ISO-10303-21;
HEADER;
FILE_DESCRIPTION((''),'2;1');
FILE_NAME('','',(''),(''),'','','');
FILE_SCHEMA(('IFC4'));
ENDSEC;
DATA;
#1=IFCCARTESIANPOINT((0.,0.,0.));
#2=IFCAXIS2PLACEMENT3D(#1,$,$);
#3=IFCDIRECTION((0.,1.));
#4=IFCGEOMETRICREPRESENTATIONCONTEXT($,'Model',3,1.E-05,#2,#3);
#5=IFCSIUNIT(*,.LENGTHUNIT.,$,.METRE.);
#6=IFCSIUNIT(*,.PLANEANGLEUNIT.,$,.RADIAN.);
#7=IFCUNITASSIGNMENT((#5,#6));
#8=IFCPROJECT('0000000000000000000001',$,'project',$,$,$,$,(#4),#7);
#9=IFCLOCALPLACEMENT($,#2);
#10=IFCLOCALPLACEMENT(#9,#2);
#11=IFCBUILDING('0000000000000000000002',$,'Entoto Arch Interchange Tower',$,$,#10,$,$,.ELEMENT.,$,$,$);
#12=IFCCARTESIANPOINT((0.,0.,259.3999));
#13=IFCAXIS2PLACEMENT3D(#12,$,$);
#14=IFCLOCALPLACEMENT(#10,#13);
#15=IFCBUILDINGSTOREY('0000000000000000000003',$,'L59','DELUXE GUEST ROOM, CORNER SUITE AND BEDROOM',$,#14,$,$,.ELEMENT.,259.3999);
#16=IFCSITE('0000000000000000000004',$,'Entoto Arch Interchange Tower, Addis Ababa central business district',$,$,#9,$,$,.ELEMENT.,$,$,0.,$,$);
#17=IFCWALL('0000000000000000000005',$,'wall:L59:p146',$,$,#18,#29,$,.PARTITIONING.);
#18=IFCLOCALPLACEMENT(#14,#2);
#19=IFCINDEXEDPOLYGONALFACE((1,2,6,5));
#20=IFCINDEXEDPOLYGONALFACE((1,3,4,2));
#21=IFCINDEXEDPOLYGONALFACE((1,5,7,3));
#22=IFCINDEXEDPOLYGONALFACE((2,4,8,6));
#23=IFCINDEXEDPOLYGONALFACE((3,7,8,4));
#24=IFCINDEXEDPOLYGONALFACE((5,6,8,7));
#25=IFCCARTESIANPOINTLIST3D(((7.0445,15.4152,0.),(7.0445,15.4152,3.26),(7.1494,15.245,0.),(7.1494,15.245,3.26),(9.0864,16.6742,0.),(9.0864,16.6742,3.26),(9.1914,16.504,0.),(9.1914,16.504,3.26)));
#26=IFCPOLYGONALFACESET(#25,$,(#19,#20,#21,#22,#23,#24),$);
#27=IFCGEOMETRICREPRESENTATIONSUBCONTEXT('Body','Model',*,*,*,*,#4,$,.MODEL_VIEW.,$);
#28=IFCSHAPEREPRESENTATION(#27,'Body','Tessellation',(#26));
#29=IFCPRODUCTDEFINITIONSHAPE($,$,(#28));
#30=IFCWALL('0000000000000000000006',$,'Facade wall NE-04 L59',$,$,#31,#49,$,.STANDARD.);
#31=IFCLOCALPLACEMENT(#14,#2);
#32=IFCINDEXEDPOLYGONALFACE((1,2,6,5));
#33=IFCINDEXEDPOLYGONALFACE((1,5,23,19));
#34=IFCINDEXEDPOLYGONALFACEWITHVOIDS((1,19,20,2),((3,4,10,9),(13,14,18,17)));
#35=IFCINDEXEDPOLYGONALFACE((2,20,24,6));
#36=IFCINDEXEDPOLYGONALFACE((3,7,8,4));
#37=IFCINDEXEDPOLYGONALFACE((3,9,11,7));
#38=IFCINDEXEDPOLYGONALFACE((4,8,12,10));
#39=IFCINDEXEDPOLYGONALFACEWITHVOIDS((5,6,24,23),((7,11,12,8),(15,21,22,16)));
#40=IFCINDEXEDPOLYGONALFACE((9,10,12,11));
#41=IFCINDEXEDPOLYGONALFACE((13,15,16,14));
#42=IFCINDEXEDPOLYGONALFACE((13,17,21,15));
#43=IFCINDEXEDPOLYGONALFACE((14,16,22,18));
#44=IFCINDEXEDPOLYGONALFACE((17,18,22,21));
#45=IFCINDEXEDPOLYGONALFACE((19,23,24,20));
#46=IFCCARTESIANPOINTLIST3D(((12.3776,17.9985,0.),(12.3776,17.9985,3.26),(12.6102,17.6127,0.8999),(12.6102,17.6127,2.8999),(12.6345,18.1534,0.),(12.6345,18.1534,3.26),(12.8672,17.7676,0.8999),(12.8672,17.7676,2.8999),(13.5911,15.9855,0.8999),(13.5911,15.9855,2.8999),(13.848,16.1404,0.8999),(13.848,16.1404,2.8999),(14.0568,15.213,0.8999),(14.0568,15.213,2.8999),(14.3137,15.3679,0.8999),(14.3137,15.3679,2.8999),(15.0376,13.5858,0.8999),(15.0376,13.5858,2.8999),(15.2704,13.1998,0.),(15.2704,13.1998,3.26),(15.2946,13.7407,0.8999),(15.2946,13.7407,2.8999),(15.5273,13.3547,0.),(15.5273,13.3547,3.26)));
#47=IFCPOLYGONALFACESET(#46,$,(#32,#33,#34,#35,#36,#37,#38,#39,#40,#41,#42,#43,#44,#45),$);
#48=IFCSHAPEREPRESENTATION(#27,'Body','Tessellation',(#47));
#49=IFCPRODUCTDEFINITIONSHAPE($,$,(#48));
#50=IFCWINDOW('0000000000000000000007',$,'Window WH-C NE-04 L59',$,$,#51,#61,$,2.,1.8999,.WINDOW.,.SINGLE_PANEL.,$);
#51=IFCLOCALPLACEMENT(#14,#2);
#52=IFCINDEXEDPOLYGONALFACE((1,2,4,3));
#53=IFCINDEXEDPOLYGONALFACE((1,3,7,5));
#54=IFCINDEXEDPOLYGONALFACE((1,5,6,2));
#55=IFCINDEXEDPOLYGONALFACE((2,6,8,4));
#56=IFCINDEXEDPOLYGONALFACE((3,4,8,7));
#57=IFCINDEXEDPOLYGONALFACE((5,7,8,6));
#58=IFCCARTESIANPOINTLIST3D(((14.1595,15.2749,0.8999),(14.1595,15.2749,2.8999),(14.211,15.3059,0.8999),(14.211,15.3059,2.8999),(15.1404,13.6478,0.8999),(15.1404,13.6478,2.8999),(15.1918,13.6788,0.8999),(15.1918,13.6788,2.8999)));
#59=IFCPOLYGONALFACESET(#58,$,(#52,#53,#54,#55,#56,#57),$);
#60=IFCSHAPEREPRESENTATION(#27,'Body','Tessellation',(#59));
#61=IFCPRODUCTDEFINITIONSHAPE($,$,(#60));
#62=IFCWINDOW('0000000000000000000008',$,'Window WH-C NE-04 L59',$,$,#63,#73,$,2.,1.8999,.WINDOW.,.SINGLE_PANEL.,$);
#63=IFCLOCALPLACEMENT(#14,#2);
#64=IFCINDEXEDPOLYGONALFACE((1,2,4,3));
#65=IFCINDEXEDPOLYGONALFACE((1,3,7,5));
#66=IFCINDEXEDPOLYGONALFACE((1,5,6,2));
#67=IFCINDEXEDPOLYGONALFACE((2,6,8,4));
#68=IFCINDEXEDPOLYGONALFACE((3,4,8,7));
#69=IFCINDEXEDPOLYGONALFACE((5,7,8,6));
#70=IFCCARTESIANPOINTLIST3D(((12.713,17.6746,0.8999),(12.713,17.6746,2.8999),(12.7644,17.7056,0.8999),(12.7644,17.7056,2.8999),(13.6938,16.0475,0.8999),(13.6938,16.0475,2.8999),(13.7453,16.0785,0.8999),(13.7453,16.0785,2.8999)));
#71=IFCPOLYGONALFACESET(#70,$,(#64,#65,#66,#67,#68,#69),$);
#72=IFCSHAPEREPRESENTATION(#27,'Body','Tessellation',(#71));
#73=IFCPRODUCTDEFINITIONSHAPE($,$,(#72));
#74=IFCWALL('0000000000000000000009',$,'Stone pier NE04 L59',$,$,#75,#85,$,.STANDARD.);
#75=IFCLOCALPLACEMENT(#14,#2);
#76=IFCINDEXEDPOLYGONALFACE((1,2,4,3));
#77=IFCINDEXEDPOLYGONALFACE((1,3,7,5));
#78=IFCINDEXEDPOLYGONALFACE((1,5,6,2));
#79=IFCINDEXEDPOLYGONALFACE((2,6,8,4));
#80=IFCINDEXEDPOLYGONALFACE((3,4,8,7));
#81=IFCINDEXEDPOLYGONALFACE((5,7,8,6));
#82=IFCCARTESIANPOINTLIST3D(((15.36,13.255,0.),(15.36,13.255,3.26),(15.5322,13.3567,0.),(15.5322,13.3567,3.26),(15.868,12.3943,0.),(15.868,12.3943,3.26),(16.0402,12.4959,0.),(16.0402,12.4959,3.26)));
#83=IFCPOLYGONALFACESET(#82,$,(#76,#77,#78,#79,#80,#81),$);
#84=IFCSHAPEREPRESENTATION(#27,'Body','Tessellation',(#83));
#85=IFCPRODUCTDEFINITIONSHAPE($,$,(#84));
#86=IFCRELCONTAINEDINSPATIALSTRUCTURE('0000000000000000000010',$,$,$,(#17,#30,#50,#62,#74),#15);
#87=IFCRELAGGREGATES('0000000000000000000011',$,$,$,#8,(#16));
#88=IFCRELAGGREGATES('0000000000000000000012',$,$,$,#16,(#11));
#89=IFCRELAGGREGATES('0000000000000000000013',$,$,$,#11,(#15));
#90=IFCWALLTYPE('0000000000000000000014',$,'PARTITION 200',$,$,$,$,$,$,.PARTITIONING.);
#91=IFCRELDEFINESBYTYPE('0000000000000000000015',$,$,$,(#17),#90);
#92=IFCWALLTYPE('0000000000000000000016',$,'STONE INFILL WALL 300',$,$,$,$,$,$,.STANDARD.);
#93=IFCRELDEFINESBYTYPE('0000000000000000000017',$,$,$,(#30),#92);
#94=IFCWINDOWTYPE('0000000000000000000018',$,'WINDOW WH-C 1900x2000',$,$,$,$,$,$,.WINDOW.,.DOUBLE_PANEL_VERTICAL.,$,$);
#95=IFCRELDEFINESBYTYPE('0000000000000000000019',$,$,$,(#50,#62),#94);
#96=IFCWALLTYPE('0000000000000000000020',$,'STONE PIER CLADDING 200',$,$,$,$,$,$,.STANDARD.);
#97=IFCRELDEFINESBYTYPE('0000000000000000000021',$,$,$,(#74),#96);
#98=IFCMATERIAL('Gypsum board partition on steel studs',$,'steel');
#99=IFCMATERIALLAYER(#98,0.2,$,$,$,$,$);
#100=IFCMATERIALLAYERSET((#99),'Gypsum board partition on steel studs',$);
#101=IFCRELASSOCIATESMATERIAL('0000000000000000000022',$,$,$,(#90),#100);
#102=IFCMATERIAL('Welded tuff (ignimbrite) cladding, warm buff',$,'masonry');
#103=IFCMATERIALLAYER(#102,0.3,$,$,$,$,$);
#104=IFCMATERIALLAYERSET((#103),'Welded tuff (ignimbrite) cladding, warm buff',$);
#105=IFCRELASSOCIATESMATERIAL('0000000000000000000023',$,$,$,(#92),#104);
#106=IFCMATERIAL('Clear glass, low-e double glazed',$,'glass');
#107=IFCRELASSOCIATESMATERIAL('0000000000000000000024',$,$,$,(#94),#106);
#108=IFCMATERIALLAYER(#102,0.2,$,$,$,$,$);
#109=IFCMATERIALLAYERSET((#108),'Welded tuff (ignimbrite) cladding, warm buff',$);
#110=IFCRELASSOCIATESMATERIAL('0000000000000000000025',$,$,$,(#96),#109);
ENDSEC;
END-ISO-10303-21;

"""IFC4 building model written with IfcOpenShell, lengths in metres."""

from ifc_helpers import new_model, si_unit, direction, frame, frame_2d, origin, place, context, subcontext, project, spatial, rectangle, extrude, material, layer, layer_set, type_object, element, fill, save


model = new_model("IFC4")

# Units and contexts
model_context = context("Model", 3, precision=1e-05, world=origin(), true_north=direction((0.0, 1.0)))
body_context = subcontext(model_context, "Body", "Model", "MODEL_VIEW")
ifc_project = project(units=[si_unit("LENGTHUNIT", "METRE"), si_unit("PLANEANGLEUNIT", "RADIAN")], contexts=[model_context])

# Site, building, storey
site_placement = place(None, origin())
site = spatial("IfcSite", under=ifc_project, at=site_placement, Name="Entoto Arch Interchange Tower, Addis Ababa central business district", CompositionType="ELEMENT", RefElevation=0.0)
building_placement = place(site_placement, origin())
building = spatial("IfcBuilding", under=site, at=building_placement, Name="Entoto Arch Interchange Tower", CompositionType="ELEMENT")
storey_placement = place(building_placement, frame((0.0, 0.0, 259.3999)))
storey = spatial("IfcBuildingStorey", under=building, at=storey_placement, Name="L59", Description="DELUXE GUEST ROOM, CORNER SUITE AND BEDROOM", CompositionType="ELEMENT", Elevation=259.3999)

# Shared definitions
ifc_material_1 = material(Name="Gypsum board partition on steel studs", Category="steel")

# Shared definitions
ifc_layer_1 = layer(ifc_material_1, 0.2)
ifc_layer_set_1 = layer_set([ifc_layer_1], Name="Gypsum board partition on steel studs")
wall_type_1 = type_object("IfcWallType", Name="PARTITION 200", PredefinedType="PARTITIONING", material=ifc_layer_set_1)

# Wall
wall_1_placement = place(storey_placement, frame((7.0969, 15.3301, 0.0), z_axis=(0.0, 0.0, 1.0), x_axis=(0.851207, 0.52483, 0.0)))
element("IfcWall", 1, at=wall_1_placement, inside=storey, type_object=wall_type_1, Name="wall:L59:p146", PredefinedType="PARTITIONING", context=body_context, shape_type="SweptSolid", body=[
    extrude(rectangle(XDim=2.3989, YDim=0.2, at=frame_2d((1.1995, 0.0))), origin(), (0.0, 0.0, 1.0), 3.26),
])

# Wall, openings, windows
ifc_material_2 = material(Name="Welded tuff (ignimbrite) cladding, warm buff", Category="masonry")
ifc_layer_2 = layer(ifc_material_2, 0.3)
ifc_layer_set_2 = layer_set([ifc_layer_2], Name="Welded tuff (ignimbrite) cladding, warm buff")
wall_type_2 = type_object("IfcWallType", Name="STONE INFILL WALL 300", PredefinedType="STANDARD", material=ifc_layer_set_2)
wall_2_placement = place(storey_placement, frame((15.3989, 13.2771, 0.0), z_axis=(0.0, 0.0, 1.0), x_axis=(-0.51627, 0.856426, 0.0)))
wall_2 = element("IfcWall", 2, at=wall_2_placement, inside=storey, type_object=wall_type_2, Name="Facade wall NE-04 L59", PredefinedType="STANDARD", context=body_context, shape_type="SweptSolid", body=[
    extrude(rectangle(XDim=5.6033, YDim=0.3, at=frame_2d((2.8018, 0.0))), origin(), (0.0, 0.0, 1.0), 3.26),
])
opening_1_placement = place(wall_2_placement, frame((0.4509, 0.0, 0.8999)))
opening_1 = element("IfcOpeningElement", 3, at=opening_1_placement, cuts=wall_2, PredefinedType="OPENING", context=body_context, shape_type="SweptSolid", body=[
    extrude(rectangle(XDim=1.8999, YDim=2.0, at=frame_2d((0.95, 1.0))), frame((0.0, 0.1602, 0.0), z_axis=(0.0, -1.0, 0.0), x_axis=(1.0, 0.0, 0.0)), (0.0, 0.0, 1.0), 0.3201),
])
opening_2_placement = place(wall_2_placement, frame((3.2529, 0.0, 0.8999)))
opening_2 = element("IfcOpeningElement", 4, at=opening_2_placement, cuts=wall_2, PredefinedType="OPENING", context=body_context, shape_type="SweptSolid", body=[
    extrude(rectangle(XDim=1.8999, YDim=2.0, at=frame_2d((0.95, 1.0))), frame((0.0, 0.1602, 0.0), z_axis=(0.0, -1.0, 0.0), x_axis=(1.0, 0.0, 0.0)), (0.0, 0.0, 1.0), 0.3201),
])
ifc_material_3 = material(Name="Clear glass, low-e double glazed", Category="glass")
window_type = type_object("IfcWindowType", Name="WINDOW WH-C 1900x2000", PartitioningType="DOUBLE_PANEL_VERTICAL", PredefinedType="WINDOW", material=ifc_material_3)
window_1_placement = place(opening_1_placement, origin())
window_1 = element("IfcWindow", 5, at=window_1_placement, inside=storey, type_object=window_type, Name="Window WH-C NE-04 L59", OverallHeight=2.0, OverallWidth=1.8999, PartitioningType="SINGLE_PANEL", PredefinedType="WINDOW", context=body_context, shape_type="SweptSolid", body=[
    extrude(rectangle(XDim=1.8999, YDim=2.0, at=frame_2d((0.95, 1.0))), frame((0.0, 0.03, 0.0), z_axis=(0.0, -1.0, 0.0), x_axis=(1.0, 0.0, 0.0)), (0.0, 0.0, 1.0), 0.0601),
])
fill(opening_1, window_1)
window_2_placement = place(opening_2_placement, origin())
window_2 = element("IfcWindow", 6, at=window_2_placement, inside=storey, type_object=window_type, Name="Window WH-C NE-04 L59", OverallHeight=2.0, OverallWidth=1.8999, PartitioningType="SINGLE_PANEL", PredefinedType="WINDOW", context=body_context, shape_type="SweptSolid", body=[
    extrude(rectangle(XDim=1.8999, YDim=2.0, at=frame_2d((0.95, 1.0))), frame((0.0, 0.03, 0.0), z_axis=(0.0, -1.0, 0.0), x_axis=(1.0, 0.0, 0.0)), (0.0, 0.0, 1.0), 0.0601),
])
fill(opening_2, window_2)

# Wall
ifc_layer_3 = layer(ifc_material_2, 0.2)
ifc_layer_set_3 = layer_set([ifc_layer_3], Name="Welded tuff (ignimbrite) cladding, warm buff")
wall_type_3 = type_object("IfcWallType", Name="STONE PIER CLADDING 200", PredefinedType="STANDARD", material=ifc_layer_set_3)
wall_3_placement = place(storey_placement, frame((15.9541, 12.4451, 0.0), z_axis=(0.0, 0.0, 1.0), x_axis=(-0.508268, 0.861199, 0.0)))
element("IfcWall", 7, at=wall_3_placement, inside=storey, type_object=wall_type_3, Name="Stone pier NE04 L59", PredefinedType="STANDARD", context=body_context, shape_type="SweptSolid", body=[
    extrude(rectangle(XDim=0.9995, YDim=0.2, at=frame_2d((0.4998, 0.0))), origin(), (0.0, 0.0, 1.0), 3.26),
])

save(model, "model.ifc")
